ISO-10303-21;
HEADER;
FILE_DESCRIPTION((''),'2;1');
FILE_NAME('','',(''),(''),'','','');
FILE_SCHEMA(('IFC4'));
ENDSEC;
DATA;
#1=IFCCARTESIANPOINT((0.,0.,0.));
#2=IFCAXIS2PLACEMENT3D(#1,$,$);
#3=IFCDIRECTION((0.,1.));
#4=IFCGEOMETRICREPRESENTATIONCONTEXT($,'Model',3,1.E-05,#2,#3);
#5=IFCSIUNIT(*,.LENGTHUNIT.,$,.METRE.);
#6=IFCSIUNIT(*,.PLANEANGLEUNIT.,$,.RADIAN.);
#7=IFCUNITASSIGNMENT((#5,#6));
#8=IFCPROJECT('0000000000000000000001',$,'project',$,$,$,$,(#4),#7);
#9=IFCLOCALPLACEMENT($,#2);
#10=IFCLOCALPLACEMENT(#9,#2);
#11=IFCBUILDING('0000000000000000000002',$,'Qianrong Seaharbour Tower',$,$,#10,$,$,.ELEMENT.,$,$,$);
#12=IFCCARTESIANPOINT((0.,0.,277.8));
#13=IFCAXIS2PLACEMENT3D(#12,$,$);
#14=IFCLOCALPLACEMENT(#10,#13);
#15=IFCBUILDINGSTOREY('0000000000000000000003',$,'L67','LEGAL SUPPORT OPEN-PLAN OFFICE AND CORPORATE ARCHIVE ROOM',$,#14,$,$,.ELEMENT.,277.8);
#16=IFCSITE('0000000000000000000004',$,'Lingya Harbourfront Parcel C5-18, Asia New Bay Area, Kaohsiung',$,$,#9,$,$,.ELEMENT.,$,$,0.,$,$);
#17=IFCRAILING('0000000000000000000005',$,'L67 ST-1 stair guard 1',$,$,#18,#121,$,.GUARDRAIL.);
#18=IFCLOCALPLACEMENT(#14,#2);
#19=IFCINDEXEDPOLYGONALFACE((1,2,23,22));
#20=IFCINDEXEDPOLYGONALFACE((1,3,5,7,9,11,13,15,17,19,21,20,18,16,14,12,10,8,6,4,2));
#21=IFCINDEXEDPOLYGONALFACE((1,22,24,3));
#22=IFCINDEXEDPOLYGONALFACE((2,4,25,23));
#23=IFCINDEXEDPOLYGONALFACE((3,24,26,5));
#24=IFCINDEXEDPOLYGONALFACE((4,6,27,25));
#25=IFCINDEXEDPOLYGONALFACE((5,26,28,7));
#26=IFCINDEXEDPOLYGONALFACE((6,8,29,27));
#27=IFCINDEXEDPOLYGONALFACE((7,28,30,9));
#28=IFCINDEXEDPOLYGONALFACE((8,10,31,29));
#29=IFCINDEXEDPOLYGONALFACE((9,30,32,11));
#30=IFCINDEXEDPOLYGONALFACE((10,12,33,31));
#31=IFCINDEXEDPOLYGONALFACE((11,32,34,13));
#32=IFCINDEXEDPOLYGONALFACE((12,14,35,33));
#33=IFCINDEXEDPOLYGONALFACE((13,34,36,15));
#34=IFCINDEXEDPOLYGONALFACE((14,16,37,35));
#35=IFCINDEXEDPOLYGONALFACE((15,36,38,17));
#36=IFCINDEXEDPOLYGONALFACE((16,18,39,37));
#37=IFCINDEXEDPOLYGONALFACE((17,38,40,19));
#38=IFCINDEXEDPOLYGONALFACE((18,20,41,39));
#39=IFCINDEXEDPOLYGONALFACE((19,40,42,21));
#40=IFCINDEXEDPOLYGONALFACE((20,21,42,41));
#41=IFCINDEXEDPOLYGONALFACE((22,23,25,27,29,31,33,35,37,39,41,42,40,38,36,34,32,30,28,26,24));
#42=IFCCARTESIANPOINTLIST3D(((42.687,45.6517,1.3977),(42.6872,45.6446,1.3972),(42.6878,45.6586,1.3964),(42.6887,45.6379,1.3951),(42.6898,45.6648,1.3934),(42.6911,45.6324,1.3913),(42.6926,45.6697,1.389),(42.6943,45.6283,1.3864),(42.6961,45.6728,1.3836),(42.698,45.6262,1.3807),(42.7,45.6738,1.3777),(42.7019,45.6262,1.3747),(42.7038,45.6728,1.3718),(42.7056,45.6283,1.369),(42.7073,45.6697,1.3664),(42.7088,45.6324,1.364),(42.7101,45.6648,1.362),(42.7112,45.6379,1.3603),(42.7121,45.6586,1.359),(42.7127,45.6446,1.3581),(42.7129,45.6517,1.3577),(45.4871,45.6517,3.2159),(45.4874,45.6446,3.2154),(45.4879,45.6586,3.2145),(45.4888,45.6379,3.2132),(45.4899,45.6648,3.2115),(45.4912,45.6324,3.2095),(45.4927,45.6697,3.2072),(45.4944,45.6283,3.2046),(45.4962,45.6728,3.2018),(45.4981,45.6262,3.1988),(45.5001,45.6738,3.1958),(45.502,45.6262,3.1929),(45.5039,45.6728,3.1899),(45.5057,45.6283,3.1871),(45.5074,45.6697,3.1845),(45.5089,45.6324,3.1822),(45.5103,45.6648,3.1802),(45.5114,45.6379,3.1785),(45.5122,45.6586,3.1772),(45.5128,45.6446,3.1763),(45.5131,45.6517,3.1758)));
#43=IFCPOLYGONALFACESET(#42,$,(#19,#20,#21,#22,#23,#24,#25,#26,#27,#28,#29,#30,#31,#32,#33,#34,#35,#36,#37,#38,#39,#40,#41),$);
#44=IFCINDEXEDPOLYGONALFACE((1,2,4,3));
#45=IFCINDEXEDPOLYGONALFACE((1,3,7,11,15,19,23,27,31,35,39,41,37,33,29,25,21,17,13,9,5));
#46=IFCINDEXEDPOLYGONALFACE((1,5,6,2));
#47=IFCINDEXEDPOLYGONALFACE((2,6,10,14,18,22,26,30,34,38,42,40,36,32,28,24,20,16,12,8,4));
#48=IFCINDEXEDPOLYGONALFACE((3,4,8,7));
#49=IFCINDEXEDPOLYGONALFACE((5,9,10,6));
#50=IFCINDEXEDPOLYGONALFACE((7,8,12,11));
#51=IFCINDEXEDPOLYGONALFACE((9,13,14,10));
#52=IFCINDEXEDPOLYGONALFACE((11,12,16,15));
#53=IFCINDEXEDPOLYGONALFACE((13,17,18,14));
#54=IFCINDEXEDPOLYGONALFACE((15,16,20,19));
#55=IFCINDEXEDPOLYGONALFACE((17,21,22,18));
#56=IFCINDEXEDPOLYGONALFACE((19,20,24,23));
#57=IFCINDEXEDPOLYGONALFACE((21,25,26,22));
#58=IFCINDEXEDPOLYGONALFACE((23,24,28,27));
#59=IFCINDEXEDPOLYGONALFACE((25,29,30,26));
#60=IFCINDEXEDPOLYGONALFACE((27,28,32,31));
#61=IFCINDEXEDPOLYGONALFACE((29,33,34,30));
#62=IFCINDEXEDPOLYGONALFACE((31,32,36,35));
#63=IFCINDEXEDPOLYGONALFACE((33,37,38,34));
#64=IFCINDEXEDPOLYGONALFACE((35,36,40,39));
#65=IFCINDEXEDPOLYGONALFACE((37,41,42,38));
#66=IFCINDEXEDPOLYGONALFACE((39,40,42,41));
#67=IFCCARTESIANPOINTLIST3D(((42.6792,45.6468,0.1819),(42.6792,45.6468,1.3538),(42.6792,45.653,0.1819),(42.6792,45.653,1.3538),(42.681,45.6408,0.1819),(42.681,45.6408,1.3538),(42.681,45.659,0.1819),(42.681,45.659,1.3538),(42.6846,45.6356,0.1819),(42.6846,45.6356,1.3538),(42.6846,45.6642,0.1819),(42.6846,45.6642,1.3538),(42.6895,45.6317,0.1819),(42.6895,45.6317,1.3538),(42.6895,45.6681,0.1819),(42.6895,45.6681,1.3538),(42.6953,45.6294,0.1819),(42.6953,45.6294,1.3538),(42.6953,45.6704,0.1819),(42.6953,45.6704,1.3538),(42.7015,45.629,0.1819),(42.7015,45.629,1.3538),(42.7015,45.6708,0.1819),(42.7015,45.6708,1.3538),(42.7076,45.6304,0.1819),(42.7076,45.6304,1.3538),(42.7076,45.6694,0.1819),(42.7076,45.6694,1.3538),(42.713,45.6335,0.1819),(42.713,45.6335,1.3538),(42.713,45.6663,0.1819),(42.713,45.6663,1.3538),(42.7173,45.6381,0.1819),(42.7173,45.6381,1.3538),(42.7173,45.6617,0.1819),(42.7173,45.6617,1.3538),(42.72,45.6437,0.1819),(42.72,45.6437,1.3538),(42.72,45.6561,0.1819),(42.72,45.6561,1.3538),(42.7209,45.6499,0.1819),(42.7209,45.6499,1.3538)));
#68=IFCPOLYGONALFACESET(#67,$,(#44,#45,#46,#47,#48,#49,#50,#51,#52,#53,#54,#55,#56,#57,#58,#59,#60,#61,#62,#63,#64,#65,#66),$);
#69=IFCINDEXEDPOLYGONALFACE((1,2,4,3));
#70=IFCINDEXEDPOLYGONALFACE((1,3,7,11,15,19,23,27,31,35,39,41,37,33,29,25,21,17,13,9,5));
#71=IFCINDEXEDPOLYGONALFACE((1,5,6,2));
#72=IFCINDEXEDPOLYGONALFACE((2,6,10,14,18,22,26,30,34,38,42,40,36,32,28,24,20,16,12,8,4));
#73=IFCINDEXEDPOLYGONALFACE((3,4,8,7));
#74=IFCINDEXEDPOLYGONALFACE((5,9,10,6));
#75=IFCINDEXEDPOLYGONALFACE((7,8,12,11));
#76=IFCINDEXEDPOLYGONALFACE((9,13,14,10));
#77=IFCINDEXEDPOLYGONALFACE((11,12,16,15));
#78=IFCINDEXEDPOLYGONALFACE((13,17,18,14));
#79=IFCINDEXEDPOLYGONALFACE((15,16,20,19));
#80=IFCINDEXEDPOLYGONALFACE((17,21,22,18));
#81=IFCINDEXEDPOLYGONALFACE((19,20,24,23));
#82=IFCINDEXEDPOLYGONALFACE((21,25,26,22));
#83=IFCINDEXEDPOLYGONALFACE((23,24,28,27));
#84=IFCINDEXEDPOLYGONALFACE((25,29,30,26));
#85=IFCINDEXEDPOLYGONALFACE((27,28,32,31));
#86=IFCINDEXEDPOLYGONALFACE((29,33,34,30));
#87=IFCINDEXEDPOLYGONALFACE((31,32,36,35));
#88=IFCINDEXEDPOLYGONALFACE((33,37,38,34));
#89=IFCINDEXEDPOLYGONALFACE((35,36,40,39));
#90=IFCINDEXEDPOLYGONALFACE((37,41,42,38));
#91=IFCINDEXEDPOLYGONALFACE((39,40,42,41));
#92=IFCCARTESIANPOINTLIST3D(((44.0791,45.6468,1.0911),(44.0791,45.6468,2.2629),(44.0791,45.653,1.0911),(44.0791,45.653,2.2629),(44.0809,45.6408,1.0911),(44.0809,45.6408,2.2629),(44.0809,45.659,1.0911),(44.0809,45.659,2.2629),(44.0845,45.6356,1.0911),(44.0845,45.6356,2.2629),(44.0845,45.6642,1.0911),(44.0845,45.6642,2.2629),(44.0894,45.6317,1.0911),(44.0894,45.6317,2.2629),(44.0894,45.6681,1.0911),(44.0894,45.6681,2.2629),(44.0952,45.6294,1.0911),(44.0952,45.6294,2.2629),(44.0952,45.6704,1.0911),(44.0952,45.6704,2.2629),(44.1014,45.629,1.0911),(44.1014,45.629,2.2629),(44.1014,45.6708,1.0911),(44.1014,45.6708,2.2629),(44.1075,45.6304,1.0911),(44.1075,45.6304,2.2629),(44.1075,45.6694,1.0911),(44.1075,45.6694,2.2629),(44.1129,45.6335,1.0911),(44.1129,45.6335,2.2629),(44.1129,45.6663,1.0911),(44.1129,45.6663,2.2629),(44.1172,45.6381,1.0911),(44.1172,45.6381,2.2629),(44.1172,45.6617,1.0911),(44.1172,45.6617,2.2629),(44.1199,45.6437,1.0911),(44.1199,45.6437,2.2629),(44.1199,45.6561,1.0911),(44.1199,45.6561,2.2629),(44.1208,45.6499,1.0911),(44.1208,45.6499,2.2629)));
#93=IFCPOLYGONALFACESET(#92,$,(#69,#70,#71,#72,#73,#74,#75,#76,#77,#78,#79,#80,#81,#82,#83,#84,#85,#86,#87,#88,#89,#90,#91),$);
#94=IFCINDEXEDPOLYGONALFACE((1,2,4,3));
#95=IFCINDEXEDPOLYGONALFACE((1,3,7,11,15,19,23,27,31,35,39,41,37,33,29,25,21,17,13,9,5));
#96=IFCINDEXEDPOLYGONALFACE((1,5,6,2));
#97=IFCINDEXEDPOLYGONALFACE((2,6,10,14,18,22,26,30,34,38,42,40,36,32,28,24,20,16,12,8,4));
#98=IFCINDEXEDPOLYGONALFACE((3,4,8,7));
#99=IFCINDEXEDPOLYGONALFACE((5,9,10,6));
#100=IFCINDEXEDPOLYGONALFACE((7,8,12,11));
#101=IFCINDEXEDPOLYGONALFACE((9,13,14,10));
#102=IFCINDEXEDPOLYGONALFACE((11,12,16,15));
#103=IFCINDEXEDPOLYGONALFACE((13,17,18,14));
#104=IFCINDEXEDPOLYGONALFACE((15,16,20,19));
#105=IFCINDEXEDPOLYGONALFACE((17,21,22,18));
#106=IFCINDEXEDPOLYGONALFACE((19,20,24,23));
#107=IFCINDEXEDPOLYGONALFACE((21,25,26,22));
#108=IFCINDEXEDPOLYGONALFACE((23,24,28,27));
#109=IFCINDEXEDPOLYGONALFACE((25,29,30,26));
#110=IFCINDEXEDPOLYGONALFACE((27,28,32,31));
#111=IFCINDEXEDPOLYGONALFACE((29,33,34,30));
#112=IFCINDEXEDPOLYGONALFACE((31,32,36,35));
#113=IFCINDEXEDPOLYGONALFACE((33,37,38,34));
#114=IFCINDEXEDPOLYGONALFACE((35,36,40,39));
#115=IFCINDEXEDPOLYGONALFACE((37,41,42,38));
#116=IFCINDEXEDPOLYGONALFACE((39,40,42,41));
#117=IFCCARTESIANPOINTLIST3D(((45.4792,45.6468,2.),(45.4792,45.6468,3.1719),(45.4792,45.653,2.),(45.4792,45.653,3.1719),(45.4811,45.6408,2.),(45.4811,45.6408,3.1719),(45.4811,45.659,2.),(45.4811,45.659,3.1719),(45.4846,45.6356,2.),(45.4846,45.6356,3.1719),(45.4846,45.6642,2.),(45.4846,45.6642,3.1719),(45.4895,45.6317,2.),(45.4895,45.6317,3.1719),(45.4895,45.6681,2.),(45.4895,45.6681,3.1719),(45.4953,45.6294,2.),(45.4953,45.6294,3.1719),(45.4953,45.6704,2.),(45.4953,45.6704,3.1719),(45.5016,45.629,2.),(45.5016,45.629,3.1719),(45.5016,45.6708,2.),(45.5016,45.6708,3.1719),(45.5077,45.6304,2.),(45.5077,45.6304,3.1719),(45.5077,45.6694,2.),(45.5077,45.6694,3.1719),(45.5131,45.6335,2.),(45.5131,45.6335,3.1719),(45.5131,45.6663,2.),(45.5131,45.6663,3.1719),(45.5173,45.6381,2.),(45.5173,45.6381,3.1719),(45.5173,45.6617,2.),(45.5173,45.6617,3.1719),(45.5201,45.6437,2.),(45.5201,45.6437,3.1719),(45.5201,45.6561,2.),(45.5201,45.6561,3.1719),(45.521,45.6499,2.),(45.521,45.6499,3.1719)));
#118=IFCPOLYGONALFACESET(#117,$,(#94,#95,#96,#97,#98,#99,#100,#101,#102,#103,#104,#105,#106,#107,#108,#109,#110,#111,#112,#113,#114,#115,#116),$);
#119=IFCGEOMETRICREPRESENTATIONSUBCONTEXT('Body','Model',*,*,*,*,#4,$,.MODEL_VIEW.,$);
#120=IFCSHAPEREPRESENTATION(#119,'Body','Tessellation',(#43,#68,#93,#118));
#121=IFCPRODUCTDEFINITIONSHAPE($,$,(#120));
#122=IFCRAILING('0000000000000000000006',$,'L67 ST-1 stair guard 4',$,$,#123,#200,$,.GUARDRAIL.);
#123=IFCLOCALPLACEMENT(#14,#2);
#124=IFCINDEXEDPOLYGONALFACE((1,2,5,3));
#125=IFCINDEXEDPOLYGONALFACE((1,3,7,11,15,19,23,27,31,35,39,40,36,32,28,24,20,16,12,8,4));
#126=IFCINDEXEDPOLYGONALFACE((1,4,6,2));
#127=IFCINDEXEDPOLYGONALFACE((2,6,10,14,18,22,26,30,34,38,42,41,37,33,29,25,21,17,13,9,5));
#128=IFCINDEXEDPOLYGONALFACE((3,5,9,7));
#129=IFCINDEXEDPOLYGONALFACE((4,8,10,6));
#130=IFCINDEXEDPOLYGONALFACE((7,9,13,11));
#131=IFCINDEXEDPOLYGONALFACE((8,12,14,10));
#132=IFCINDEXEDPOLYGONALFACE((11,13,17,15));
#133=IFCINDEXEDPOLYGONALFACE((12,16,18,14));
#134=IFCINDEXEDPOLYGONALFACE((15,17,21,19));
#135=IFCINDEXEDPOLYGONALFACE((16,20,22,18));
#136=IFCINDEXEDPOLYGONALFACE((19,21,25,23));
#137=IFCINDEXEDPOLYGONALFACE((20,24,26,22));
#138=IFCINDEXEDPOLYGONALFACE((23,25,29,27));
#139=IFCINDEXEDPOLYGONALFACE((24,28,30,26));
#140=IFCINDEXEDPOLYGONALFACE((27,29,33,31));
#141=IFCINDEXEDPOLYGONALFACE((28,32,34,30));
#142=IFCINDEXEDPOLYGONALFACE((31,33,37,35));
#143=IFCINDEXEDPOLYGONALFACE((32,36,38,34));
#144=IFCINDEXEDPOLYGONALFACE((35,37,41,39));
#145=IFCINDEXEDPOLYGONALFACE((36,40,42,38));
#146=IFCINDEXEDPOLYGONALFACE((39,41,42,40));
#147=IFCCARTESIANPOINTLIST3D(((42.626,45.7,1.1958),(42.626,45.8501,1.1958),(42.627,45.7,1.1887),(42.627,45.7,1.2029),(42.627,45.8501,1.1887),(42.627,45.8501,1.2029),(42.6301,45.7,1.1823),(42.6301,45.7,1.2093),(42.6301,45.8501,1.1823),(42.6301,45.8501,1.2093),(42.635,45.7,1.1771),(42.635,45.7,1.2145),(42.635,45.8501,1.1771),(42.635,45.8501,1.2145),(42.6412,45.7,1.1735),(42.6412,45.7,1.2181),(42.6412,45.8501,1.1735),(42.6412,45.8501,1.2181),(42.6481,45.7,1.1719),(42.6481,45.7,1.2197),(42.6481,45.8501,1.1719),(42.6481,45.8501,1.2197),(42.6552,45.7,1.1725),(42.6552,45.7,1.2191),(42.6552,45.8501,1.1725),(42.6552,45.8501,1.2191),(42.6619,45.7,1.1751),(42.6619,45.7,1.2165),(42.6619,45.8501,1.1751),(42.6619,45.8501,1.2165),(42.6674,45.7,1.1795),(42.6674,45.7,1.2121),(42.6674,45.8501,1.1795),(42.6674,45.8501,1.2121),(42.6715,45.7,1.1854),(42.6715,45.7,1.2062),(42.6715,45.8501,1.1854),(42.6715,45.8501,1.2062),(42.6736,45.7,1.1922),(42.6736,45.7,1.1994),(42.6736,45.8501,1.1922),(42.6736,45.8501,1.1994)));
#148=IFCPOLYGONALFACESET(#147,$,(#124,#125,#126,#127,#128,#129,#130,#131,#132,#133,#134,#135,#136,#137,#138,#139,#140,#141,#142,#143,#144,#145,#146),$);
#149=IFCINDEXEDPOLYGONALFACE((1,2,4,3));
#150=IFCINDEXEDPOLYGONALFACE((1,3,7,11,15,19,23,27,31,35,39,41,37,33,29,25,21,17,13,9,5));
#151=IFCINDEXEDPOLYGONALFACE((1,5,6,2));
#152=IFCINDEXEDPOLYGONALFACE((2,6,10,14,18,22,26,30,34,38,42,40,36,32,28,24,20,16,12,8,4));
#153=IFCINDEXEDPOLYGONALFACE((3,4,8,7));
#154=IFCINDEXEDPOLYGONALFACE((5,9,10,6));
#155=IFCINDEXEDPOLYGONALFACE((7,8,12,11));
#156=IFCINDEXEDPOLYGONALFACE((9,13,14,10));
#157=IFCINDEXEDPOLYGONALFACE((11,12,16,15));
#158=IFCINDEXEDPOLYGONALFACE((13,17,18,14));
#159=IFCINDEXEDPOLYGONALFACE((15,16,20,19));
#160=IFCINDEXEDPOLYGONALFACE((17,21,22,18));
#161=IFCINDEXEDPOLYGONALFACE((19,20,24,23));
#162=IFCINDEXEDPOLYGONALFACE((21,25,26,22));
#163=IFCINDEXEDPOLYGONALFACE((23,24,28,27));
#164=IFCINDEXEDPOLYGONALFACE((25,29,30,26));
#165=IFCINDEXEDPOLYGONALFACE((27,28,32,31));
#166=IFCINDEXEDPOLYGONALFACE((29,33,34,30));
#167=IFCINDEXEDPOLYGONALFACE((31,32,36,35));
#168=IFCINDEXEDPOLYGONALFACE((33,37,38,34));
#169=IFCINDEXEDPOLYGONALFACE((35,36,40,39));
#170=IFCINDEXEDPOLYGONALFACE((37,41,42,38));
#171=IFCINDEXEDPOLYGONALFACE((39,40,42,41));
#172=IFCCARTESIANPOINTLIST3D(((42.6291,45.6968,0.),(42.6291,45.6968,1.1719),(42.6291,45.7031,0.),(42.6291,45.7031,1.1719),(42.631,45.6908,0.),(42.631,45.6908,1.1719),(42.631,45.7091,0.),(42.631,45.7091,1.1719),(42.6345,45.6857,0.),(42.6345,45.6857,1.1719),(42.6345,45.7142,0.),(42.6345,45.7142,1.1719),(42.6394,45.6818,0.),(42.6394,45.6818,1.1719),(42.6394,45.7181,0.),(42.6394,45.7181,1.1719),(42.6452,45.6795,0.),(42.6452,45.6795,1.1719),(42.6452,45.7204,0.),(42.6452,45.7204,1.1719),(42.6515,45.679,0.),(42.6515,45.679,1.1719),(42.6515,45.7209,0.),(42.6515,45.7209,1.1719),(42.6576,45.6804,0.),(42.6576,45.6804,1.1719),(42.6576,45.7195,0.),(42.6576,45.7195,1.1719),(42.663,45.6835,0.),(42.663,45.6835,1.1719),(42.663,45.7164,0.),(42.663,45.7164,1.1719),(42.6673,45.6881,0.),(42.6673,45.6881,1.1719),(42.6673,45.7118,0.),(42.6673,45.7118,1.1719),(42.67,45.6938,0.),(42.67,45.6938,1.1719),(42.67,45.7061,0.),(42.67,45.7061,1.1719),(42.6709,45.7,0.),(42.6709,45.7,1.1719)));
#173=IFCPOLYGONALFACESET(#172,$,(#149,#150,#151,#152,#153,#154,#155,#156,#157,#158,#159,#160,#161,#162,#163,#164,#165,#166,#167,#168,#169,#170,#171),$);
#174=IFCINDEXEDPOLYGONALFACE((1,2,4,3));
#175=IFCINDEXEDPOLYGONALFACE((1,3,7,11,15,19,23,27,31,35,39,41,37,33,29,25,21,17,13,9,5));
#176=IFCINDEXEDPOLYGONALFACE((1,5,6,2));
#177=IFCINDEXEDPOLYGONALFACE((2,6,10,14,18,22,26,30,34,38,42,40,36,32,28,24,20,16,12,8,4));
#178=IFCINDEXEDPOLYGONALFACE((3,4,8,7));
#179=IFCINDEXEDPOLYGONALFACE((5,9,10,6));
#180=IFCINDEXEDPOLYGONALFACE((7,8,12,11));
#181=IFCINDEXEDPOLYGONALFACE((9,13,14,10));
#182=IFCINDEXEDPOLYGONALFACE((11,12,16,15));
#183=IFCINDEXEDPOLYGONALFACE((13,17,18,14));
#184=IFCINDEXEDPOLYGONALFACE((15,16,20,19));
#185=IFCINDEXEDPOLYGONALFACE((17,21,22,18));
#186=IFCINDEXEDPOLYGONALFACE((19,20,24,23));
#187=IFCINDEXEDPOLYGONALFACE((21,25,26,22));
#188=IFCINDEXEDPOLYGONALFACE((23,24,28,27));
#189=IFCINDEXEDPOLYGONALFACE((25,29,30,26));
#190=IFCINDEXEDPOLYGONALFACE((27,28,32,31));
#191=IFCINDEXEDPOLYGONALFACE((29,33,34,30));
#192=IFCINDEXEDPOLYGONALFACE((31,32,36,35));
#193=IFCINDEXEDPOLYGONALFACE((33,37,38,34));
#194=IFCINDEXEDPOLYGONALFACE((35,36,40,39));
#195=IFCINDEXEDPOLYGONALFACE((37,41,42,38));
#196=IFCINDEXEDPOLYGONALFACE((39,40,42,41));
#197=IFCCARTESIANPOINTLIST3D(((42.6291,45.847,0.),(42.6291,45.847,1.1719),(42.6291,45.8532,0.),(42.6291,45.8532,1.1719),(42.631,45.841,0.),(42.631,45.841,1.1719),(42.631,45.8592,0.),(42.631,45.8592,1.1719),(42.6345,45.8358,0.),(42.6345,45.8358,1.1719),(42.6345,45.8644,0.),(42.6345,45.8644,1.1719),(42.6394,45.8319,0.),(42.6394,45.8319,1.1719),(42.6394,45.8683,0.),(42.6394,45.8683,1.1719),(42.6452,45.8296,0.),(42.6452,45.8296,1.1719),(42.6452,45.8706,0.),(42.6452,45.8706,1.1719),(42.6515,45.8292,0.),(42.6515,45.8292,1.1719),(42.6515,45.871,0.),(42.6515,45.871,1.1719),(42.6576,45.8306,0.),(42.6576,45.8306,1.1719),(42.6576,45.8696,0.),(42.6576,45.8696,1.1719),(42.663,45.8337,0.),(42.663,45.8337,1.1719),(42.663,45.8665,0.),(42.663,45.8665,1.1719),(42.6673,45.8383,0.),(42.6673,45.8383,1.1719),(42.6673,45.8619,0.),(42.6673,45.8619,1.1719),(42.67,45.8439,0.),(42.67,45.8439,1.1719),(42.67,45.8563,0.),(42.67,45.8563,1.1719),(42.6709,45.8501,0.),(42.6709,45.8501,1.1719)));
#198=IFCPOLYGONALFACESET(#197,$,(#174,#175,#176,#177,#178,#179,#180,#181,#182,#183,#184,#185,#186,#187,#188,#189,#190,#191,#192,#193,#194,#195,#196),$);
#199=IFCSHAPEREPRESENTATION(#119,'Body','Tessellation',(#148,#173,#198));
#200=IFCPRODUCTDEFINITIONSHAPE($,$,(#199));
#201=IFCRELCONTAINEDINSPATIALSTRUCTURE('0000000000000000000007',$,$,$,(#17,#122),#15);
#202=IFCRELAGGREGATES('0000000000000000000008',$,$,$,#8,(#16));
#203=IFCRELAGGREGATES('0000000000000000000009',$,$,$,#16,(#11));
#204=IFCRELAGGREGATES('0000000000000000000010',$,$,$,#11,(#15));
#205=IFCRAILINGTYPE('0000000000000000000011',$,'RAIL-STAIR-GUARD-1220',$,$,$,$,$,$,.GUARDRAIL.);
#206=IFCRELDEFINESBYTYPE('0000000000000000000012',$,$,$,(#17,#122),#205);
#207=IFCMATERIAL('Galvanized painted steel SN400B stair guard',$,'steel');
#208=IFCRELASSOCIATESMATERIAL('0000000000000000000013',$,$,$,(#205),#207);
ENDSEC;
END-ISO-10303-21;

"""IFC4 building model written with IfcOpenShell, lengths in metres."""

from ifc_helpers import new_model, si_unit, direction, frame, origin, origin_2d, place, context, subcontext, project, spatial, circle, extrude, material, type_object, element, save


model = new_model("IFC4")

# Units and contexts
model_context = context("Model", 3, precision=1e-05, world=origin(), true_north=direction((0.0, 1.0)))
body_context = subcontext(model_context, "Body", "Model", "MODEL_VIEW")
ifc_project = project(units=[si_unit("LENGTHUNIT", "METRE"), si_unit("PLANEANGLEUNIT", "RADIAN")], contexts=[model_context])

# Site, building, storey
site_placement = place(None, origin())
site = spatial("IfcSite", under=ifc_project, at=site_placement, Name="Lingya Harbourfront Parcel C5-18, Asia New Bay Area, Kaohsiung", CompositionType="ELEMENT", RefElevation=0.0)
building_placement = place(site_placement, origin())
building = spatial("IfcBuilding", under=site, at=building_placement, Name="Qianrong Seaharbour Tower", CompositionType="ELEMENT")
storey_placement = place(building_placement, frame((0.0, 0.0, 277.8)))
storey = spatial("IfcBuildingStorey", under=building, at=storey_placement, Name="L67", Description="LEGAL SUPPORT OPEN-PLAN OFFICE AND CORPORATE ARCHIVE ROOM", CompositionType="ELEMENT", Elevation=277.8)

# Railings
ifc_material_1 = material(Name="Galvanized painted steel SN400B stair guard", Category="steel")
railing_type = type_object("IfcRailingType", Name="RAIL-STAIR-GUARD-1220", PredefinedType="GUARDRAIL", material=ifc_material_1)
railing_1_placement = place(storey_placement, frame((42.7, 45.6499, 0.1819)))
element("IfcRailing", 1, at=railing_1_placement, inside=storey, type_object=railing_type, Name="L67 ST-1 stair guard 1", PredefinedType="GUARDRAIL", context=body_context, shape_type="SweptSolid", body=[
    extrude(circle(Radius=0.0239, at=origin_2d()), frame((0.0, 0.0, 1.1958), z_axis=(0.838706, 0.0, 0.544585), x_axis=(0.0, 1.0, 0.0)), (0.0, 0.0, 1.0), 3.3386),
    extrude(circle(Radius=0.021, at=origin_2d()), origin(), (0.0, 0.0, 1.0), 1.1719),
    extrude(circle(Radius=0.021, at=origin_2d()), frame((1.3999, 0.0, 0.9092)), (0.0, 0.0, 1.0), 1.1719),
    extrude(circle(Radius=0.021, at=origin_2d()), frame((2.8, 0.0, 1.8181)), (0.0, 0.0, 1.0), 1.1719),
])
railing_2_placement = place(storey_placement, frame((42.6499, 45.7, 0.0)))
element("IfcRailing", 2, at=railing_2_placement, inside=storey, type_object=railing_type, Name="L67 ST-1 stair guard 4", PredefinedType="GUARDRAIL", context=body_context, shape_type="SweptSolid", body=[
    extrude(circle(Radius=0.0239, at=origin_2d()), frame((0.0, 0.0, 1.1958), z_axis=(0.0, 1.0, 0.0), x_axis=(-1.0, 0.0, 0.0)), (0.0, 0.0, 1.0), 0.1501),
    extrude(circle(Radius=0.021, at=origin_2d()), origin(), (0.0, 0.0, 1.0), 1.1719),
    extrude(circle(Radius=0.021, at=origin_2d()), frame((0.0, 0.1501, 0.0)), (0.0, 0.0, 1.0), 1.1719),
])

save(model, "model.ifc")
